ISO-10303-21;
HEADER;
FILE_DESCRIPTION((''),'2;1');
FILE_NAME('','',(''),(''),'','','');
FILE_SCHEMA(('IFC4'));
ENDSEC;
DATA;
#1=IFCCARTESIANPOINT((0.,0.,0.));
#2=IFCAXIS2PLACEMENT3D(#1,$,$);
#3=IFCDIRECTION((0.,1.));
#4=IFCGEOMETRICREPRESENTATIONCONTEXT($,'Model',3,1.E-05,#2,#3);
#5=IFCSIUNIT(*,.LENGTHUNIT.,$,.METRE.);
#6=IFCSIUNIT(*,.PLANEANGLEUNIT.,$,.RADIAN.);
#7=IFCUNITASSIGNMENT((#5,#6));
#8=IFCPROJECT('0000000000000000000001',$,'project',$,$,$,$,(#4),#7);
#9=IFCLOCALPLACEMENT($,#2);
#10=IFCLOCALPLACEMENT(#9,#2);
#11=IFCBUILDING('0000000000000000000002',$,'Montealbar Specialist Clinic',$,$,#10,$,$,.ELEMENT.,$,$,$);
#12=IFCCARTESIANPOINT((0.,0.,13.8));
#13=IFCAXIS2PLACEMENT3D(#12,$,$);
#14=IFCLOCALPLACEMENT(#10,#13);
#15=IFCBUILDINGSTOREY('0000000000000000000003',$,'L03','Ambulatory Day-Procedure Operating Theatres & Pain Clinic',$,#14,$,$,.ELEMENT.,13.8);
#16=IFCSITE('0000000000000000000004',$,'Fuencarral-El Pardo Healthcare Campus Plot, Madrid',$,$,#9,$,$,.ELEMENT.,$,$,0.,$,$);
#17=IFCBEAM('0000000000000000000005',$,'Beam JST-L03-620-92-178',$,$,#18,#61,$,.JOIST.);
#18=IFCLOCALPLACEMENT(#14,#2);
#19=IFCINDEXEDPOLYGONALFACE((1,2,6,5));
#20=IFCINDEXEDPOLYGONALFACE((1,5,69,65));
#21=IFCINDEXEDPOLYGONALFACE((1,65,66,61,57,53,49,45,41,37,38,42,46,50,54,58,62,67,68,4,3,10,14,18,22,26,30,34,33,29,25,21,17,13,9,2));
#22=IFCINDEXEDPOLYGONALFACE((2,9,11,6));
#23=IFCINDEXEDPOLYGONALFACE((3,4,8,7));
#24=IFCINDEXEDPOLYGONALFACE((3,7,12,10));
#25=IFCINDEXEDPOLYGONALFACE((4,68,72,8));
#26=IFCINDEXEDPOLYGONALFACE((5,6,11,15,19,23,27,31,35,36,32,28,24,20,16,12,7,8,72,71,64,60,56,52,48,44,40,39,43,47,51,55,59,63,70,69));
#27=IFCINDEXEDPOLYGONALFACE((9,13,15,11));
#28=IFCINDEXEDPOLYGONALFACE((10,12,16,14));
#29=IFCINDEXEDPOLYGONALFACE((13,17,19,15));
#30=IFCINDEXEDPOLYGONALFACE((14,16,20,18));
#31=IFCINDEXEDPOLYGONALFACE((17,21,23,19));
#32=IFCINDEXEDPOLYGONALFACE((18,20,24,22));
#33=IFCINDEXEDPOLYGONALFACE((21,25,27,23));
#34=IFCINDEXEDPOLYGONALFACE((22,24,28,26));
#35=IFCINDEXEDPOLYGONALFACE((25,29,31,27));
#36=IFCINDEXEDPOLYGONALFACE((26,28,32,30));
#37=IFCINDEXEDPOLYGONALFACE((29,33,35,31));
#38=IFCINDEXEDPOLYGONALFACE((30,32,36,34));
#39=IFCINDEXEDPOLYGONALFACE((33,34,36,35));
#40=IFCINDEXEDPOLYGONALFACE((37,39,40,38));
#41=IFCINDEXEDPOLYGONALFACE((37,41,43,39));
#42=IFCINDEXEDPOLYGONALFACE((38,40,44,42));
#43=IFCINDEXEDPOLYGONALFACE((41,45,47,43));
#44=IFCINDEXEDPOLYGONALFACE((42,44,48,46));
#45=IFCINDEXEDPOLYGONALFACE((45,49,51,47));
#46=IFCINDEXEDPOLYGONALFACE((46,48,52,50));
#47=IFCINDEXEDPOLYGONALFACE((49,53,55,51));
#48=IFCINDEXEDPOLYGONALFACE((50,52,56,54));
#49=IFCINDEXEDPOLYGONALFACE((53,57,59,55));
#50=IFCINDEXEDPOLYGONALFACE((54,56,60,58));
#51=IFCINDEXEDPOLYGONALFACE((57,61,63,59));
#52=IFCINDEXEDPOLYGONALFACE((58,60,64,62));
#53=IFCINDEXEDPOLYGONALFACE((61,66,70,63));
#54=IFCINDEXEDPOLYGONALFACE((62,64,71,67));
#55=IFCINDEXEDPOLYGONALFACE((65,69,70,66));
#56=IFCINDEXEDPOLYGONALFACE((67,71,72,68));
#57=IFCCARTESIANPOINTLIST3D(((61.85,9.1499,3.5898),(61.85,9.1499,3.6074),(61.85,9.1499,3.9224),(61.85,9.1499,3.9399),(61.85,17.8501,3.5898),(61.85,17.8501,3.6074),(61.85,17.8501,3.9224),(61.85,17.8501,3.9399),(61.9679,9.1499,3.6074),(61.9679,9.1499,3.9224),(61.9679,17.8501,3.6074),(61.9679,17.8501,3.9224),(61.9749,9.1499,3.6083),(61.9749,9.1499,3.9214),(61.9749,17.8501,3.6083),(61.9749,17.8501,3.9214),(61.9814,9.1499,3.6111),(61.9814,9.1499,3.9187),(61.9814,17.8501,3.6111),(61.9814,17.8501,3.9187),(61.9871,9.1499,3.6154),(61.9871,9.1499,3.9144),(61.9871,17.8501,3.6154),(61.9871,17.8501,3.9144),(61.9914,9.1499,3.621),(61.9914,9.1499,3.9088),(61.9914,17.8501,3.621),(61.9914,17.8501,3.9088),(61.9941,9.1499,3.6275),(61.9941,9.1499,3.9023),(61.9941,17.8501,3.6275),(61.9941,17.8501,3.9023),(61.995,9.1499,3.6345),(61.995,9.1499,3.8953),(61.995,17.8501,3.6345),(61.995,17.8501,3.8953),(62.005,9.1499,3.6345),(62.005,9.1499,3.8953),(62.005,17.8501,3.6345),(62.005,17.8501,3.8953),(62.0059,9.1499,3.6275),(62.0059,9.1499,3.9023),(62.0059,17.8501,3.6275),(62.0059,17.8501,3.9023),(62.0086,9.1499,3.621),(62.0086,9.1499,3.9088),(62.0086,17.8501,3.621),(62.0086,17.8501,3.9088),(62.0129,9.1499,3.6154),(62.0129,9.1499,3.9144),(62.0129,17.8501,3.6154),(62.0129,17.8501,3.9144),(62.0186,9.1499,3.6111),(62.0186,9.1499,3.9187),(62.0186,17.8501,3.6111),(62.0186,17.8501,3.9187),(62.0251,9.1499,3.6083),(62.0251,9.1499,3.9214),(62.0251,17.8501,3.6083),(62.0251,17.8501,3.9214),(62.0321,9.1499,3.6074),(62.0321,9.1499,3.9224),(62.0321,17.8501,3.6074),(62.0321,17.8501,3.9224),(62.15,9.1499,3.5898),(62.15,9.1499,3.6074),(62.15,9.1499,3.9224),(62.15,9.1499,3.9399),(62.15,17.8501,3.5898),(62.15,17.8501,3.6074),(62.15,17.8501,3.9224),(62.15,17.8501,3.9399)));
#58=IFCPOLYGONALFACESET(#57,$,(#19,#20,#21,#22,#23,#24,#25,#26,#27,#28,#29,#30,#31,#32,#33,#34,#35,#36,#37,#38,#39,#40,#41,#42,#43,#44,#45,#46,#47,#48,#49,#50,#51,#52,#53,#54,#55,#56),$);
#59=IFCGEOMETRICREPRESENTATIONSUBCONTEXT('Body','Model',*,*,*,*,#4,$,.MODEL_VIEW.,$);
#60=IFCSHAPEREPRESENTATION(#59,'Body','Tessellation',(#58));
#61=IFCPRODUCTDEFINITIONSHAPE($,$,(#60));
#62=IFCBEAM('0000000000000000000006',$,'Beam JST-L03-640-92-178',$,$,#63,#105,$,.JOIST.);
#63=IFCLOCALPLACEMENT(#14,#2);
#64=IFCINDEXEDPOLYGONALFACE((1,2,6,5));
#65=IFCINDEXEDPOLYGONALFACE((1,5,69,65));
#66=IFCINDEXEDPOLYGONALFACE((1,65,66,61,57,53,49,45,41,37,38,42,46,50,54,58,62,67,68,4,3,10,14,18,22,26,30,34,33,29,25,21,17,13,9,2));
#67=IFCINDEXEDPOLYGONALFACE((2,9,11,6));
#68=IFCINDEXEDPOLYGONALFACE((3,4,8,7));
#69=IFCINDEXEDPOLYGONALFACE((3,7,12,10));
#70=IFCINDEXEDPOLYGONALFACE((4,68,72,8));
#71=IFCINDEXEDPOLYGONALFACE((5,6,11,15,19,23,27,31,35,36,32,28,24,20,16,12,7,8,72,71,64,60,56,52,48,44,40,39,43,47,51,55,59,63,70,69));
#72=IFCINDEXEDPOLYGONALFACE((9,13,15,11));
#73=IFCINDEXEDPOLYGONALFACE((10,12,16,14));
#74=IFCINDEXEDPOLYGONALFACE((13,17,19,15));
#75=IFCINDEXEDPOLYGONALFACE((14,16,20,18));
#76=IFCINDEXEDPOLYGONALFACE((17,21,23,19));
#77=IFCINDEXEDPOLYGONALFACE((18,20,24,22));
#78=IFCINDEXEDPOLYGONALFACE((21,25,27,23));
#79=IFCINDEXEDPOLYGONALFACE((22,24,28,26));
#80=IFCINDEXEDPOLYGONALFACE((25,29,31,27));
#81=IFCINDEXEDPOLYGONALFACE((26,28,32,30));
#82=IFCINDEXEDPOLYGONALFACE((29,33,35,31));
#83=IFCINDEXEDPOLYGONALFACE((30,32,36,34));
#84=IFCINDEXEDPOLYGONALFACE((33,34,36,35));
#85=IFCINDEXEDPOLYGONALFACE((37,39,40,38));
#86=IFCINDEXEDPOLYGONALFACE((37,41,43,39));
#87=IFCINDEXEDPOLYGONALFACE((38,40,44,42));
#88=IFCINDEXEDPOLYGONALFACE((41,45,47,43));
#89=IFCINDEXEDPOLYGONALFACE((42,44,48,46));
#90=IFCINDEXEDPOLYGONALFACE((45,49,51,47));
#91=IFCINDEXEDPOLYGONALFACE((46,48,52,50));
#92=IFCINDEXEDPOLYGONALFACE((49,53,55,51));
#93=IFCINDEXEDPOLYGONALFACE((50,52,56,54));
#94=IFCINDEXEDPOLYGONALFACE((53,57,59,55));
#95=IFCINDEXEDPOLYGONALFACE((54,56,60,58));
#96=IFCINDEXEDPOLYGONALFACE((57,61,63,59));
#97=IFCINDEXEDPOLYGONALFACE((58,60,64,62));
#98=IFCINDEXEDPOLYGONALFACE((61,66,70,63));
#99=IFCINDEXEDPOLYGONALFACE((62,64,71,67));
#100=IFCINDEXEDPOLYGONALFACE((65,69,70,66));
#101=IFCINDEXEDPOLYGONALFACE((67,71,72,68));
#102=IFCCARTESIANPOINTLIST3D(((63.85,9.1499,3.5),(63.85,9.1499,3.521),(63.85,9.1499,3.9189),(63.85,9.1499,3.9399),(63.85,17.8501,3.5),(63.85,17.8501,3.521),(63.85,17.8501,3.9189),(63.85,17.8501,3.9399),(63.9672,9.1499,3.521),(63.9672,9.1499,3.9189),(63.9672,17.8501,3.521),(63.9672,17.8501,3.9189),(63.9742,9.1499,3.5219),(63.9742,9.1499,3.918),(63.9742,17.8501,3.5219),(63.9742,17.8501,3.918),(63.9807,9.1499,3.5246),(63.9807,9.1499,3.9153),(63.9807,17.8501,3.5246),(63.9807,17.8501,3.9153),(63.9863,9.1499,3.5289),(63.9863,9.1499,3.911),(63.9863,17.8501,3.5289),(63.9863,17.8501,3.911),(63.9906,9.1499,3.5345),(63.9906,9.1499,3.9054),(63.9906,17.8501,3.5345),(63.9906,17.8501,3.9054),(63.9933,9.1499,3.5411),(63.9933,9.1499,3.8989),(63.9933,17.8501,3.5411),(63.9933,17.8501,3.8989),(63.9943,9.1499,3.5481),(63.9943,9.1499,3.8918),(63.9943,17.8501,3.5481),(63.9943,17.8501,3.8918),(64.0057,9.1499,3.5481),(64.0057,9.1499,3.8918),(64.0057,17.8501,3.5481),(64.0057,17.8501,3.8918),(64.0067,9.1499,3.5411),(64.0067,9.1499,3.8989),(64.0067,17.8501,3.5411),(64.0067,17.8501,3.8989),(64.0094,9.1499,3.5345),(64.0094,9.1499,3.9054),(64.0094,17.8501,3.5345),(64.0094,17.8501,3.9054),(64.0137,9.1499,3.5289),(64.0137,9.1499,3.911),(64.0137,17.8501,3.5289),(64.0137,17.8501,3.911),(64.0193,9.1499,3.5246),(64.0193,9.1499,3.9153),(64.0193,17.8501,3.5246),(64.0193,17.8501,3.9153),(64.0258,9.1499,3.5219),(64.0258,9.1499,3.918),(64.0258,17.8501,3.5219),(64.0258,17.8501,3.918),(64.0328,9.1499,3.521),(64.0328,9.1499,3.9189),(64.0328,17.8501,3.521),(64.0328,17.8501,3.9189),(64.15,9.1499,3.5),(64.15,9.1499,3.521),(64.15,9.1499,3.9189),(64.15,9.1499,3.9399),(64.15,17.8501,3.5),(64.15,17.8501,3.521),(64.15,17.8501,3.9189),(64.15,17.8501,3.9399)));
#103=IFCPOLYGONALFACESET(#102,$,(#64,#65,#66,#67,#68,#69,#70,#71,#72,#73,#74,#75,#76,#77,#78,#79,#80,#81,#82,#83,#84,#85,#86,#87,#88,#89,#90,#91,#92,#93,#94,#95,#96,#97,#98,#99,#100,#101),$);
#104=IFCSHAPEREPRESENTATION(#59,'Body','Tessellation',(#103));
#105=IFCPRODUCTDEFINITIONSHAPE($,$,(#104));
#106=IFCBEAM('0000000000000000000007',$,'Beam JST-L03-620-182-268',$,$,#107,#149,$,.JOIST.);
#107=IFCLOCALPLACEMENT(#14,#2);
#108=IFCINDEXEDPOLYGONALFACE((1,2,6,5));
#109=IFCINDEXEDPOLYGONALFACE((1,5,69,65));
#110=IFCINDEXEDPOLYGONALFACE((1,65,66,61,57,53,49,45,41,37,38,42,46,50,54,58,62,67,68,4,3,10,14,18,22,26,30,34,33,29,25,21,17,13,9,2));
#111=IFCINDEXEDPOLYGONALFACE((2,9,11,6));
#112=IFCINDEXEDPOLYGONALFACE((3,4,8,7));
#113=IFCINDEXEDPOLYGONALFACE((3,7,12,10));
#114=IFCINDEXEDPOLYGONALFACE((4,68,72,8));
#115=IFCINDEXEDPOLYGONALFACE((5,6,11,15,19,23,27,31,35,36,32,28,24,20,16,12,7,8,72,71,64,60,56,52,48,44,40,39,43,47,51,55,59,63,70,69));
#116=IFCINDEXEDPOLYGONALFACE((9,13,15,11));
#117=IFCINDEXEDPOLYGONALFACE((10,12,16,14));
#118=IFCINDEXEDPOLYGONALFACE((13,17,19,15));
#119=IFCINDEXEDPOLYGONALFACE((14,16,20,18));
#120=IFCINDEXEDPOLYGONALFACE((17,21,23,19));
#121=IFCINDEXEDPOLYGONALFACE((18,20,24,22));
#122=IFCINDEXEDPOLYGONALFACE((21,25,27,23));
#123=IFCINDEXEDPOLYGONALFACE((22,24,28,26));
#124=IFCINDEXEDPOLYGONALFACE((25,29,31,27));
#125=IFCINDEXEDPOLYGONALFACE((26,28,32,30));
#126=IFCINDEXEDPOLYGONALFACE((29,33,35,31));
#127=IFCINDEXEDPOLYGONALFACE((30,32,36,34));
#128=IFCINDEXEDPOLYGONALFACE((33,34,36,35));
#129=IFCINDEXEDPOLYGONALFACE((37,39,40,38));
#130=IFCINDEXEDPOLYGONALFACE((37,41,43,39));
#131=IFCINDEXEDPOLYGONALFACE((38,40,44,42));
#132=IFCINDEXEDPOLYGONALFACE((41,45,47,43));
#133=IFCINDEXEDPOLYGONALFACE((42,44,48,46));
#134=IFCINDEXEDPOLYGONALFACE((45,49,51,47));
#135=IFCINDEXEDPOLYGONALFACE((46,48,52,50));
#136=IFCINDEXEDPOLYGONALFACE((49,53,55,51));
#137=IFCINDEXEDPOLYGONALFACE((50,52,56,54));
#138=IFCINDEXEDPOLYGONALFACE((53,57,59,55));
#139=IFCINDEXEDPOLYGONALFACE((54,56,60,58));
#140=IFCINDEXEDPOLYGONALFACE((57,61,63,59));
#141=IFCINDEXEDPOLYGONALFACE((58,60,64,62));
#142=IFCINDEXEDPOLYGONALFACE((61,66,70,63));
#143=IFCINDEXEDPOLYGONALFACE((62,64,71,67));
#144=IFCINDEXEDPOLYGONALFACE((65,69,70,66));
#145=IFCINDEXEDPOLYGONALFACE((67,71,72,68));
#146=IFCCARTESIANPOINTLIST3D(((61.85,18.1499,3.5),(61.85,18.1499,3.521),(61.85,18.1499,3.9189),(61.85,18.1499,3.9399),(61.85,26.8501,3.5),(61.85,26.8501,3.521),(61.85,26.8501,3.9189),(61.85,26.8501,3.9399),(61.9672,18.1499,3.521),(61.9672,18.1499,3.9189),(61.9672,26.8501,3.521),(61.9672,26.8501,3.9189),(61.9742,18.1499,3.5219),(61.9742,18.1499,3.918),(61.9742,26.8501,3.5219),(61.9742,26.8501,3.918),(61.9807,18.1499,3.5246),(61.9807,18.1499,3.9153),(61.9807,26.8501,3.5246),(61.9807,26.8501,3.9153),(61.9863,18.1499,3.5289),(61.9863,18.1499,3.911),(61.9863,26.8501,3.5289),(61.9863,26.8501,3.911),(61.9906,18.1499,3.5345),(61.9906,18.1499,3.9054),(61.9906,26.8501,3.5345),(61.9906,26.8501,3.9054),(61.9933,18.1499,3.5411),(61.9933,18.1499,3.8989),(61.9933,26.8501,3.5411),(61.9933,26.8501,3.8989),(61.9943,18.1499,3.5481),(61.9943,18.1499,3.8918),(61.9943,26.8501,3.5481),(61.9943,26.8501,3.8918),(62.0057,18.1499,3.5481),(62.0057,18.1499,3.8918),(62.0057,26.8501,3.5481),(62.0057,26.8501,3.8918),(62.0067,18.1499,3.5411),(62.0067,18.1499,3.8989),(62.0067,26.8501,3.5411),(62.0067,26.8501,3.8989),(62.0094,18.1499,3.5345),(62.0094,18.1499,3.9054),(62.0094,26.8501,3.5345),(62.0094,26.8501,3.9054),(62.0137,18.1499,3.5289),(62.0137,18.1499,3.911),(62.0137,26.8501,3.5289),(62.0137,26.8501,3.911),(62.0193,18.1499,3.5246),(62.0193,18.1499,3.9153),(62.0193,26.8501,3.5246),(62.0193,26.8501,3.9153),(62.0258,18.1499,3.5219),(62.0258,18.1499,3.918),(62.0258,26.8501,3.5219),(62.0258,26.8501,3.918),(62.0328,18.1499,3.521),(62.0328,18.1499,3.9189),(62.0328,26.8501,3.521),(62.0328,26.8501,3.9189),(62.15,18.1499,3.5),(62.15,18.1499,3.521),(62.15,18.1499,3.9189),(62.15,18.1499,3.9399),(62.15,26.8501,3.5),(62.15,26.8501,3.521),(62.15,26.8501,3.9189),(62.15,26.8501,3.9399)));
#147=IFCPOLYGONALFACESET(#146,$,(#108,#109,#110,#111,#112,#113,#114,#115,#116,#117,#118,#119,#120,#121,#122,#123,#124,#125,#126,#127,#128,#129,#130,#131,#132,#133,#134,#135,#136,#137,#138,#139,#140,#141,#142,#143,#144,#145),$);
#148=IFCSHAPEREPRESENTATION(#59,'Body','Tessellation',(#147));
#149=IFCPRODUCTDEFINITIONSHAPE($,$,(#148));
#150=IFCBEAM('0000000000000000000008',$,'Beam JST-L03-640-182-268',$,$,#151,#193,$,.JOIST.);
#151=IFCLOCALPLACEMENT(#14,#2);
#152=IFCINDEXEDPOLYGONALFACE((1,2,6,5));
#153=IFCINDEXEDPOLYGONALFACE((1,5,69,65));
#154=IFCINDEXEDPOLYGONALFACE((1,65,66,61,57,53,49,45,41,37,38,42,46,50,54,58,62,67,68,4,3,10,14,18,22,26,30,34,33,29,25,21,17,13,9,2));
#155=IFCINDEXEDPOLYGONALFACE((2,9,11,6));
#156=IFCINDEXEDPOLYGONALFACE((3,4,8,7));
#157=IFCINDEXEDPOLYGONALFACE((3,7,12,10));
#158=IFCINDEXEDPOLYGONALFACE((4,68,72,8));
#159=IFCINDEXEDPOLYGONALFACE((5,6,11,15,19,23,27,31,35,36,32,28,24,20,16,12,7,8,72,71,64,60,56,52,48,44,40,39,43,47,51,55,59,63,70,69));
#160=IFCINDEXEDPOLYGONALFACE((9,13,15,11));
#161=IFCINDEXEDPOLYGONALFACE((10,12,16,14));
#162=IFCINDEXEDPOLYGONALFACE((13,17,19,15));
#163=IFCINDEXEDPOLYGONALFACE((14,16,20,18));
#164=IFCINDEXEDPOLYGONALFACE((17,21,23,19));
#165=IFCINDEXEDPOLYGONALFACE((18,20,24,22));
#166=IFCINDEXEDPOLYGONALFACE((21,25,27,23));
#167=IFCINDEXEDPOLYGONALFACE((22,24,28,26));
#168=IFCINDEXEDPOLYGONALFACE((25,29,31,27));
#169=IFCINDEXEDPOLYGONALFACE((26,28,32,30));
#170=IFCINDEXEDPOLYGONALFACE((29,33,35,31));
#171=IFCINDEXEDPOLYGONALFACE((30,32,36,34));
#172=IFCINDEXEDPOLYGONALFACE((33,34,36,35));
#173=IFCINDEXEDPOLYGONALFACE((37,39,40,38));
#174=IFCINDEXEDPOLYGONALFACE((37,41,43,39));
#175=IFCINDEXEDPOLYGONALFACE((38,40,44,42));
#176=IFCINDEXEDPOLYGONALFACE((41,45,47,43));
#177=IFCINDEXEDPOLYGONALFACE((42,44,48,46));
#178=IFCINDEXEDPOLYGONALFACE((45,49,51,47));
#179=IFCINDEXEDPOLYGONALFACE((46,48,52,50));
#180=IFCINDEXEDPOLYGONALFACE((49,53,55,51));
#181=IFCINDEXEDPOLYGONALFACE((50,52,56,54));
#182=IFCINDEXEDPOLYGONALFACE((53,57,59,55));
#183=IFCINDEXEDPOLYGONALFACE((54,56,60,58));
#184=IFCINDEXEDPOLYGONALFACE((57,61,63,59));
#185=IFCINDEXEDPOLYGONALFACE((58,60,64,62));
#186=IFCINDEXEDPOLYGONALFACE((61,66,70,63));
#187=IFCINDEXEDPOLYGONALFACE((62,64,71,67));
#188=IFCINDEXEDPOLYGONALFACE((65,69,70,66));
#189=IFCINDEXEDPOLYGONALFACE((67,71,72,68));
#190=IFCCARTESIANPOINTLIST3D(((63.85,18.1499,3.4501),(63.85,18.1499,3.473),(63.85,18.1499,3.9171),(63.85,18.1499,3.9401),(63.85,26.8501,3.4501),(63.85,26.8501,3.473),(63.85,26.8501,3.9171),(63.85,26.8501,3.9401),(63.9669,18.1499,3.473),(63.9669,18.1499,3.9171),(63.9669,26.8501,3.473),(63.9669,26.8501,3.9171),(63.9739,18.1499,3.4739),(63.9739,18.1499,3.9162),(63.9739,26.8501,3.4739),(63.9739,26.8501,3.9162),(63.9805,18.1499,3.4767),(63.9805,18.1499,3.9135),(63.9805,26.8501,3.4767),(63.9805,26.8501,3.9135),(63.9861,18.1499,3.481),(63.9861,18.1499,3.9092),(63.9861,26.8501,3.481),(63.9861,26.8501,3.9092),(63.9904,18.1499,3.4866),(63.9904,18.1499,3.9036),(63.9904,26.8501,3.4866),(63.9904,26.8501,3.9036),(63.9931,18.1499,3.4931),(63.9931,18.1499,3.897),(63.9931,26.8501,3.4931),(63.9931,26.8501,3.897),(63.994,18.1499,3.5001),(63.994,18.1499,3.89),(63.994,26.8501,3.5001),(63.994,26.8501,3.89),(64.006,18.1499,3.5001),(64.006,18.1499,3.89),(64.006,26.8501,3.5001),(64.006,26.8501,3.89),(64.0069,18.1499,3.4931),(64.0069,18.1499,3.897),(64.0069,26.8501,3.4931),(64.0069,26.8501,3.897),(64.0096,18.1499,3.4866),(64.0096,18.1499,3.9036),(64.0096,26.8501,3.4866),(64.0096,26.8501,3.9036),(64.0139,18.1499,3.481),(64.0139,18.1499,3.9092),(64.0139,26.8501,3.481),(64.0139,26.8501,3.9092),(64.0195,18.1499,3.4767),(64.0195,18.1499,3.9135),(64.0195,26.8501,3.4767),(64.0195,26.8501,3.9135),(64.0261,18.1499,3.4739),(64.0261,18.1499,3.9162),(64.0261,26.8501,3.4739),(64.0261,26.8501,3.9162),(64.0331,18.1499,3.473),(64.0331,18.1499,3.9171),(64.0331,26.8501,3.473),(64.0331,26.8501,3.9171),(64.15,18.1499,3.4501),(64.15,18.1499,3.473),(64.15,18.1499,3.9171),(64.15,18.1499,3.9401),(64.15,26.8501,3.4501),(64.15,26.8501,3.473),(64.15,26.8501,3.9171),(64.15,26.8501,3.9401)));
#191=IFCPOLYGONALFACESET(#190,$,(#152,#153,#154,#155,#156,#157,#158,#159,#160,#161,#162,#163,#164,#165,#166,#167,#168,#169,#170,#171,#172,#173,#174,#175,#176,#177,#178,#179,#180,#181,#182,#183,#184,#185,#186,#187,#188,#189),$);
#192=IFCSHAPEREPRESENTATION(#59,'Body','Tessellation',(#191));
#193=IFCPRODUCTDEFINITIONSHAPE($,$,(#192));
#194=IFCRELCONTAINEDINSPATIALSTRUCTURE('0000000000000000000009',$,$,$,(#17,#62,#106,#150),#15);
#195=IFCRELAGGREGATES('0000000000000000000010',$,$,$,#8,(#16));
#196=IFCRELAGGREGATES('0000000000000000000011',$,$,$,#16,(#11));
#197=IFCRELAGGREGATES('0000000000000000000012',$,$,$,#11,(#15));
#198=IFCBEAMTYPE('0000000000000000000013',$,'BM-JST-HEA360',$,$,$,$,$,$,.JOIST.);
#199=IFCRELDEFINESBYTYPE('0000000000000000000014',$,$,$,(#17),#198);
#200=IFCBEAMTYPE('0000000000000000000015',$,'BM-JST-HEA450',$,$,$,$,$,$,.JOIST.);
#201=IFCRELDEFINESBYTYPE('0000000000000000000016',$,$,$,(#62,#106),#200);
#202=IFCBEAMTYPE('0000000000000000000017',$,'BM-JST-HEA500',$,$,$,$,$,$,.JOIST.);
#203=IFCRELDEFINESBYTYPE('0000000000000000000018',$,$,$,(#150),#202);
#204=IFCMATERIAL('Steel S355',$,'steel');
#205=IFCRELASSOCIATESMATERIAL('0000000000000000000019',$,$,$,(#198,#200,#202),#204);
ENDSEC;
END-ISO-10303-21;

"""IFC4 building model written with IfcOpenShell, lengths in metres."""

from ifc_helpers import new_model, si_unit, direction, frame, origin, origin_2d, place, context, subcontext, project, spatial, i_section, extrude, material, material_profile, profile_set, type_object, element, save


model = new_model("IFC4")

# Units and contexts
model_context = context("Model", 3, precision=1e-05, world=origin(), true_north=direction((0.0, 1.0)))
body_context = subcontext(model_context, "Body", "Model", "MODEL_VIEW")
ifc_project = project(units=[si_unit("LENGTHUNIT", "METRE"), si_unit("PLANEANGLEUNIT", "RADIAN")], contexts=[model_context])

# Site, building, storey
site_placement = place(None, origin())
site = spatial("IfcSite", under=ifc_project, at=site_placement, Name="Fuencarral-El Pardo Healthcare Campus Plot, Madrid", CompositionType="ELEMENT", RefElevation=0.0)
building_placement = place(site_placement, origin())
building = spatial("IfcBuilding", under=site, at=building_placement, Name="Montealbar Specialist Clinic", CompositionType="ELEMENT")
storey_placement = place(building_placement, frame((0.0, 0.0, 13.8)))
storey = spatial("IfcBuildingStorey", under=building, at=storey_placement, Name="L03", Description="Ambulatory Day-Procedure Operating Theatres & Pain Clinic", CompositionType="ELEMENT", Elevation=13.8)

# Shared definitions
ifc_material_1 = material(Name="Steel S355", Category="steel")

# Beams
ifc_material_profile_1 = material_profile(ifc_material_1, i_section(OverallWidth=0.3, OverallDepth=0.3501, WebThickness=0.01, FlangeThickness=0.0176, FilletRadius=0.0271, at=origin_2d()), Name="HEA 360", Category="steel")
ifc_profile_set_1 = profile_set([ifc_material_profile_1], Name="Steel S355")
beam_type_1 = type_object("IfcBeamType", Name="BM-JST-HEA360", PredefinedType="JOIST", material=ifc_profile_set_1)
beam_1_placement = place(storey_placement, frame((62.0, 9.1499, 3.7649), z_axis=(0.0, 1.0, 0.0), x_axis=(-1.0, 0.0, 0.0)))
element("IfcBeam", 1, at=beam_1_placement, inside=storey, type_object=beam_type_1, Name="Beam JST-L03-620-92-178", PredefinedType="JOIST", context=body_context, shape_type="SweptSolid", body=[
    extrude(i_section(OverallWidth=0.3, OverallDepth=0.3501, WebThickness=0.01, FlangeThickness=0.0176, FilletRadius=0.0271, at=origin_2d()), origin(), (0.0, 0.0, 1.0), 8.7002),
])
ifc_material_profile_2 = material_profile(ifc_material_1, i_section(OverallWidth=0.3, OverallDepth=0.4399, WebThickness=0.0115, FlangeThickness=0.021, FilletRadius=0.0271, at=origin_2d()), Name="HEA 450", Category="steel")
ifc_profile_set_2 = profile_set([ifc_material_profile_2], Name="Steel S355")
beam_type_2 = type_object("IfcBeamType", Name="BM-JST-HEA450", PredefinedType="JOIST", material=ifc_profile_set_2)
for number, where, z_axis, x_axis, name in (
    (2, (64.0, 9.1499, 3.72), (0.0, 1.0, 0.0), (-1.0, 0.0, 0.0), "Beam JST-L03-640-92-178"),
    (3, (62.0, 18.1499, 3.72), (0.0, 1.0, 0.0), (-1.0, 0.0, 0.0), "Beam JST-L03-620-182-268"),
):
    element("IfcBeam", number, at=place(storey_placement, frame(where, z_axis=z_axis, x_axis=x_axis)), inside=storey, type_object=beam_type_2, Name=name, PredefinedType="JOIST", context=body_context, shape_type="SweptSolid", body=[
        extrude(i_section(OverallWidth=0.3, OverallDepth=0.4399, WebThickness=0.0115, FlangeThickness=0.021, FilletRadius=0.0271, at=origin_2d()), origin(), (0.0, 0.0, 1.0), 8.7002),
    ])
ifc_material_profile_3 = material_profile(ifc_material_1, i_section(OverallWidth=0.3, OverallDepth=0.49, WebThickness=0.012, FlangeThickness=0.0229, FilletRadius=0.0271, at=origin_2d()), Name="HEA 500", Category="steel")
ifc_profile_set_3 = profile_set([ifc_material_profile_3], Name="Steel S355")
beam_type_3 = type_object("IfcBeamType", Name="BM-JST-HEA500", PredefinedType="JOIST", material=ifc_profile_set_3)
beam_2_placement = place(storey_placement, frame((64.0, 18.1499, 3.6951), z_axis=(0.0, 1.0, 0.0), x_axis=(-1.0, 0.0, 0.0)))
element("IfcBeam", 4, at=beam_2_placement, inside=storey, type_object=beam_type_3, Name="Beam JST-L03-640-182-268", PredefinedType="JOIST", context=body_context, shape_type="SweptSolid", body=[
    extrude(i_section(OverallWidth=0.3, OverallDepth=0.49, WebThickness=0.012, FlangeThickness=0.0229, FilletRadius=0.0271, at=origin_2d()), origin(), (0.0, 0.0, 1.0), 8.7002),
])

save(model, "model.ifc")
